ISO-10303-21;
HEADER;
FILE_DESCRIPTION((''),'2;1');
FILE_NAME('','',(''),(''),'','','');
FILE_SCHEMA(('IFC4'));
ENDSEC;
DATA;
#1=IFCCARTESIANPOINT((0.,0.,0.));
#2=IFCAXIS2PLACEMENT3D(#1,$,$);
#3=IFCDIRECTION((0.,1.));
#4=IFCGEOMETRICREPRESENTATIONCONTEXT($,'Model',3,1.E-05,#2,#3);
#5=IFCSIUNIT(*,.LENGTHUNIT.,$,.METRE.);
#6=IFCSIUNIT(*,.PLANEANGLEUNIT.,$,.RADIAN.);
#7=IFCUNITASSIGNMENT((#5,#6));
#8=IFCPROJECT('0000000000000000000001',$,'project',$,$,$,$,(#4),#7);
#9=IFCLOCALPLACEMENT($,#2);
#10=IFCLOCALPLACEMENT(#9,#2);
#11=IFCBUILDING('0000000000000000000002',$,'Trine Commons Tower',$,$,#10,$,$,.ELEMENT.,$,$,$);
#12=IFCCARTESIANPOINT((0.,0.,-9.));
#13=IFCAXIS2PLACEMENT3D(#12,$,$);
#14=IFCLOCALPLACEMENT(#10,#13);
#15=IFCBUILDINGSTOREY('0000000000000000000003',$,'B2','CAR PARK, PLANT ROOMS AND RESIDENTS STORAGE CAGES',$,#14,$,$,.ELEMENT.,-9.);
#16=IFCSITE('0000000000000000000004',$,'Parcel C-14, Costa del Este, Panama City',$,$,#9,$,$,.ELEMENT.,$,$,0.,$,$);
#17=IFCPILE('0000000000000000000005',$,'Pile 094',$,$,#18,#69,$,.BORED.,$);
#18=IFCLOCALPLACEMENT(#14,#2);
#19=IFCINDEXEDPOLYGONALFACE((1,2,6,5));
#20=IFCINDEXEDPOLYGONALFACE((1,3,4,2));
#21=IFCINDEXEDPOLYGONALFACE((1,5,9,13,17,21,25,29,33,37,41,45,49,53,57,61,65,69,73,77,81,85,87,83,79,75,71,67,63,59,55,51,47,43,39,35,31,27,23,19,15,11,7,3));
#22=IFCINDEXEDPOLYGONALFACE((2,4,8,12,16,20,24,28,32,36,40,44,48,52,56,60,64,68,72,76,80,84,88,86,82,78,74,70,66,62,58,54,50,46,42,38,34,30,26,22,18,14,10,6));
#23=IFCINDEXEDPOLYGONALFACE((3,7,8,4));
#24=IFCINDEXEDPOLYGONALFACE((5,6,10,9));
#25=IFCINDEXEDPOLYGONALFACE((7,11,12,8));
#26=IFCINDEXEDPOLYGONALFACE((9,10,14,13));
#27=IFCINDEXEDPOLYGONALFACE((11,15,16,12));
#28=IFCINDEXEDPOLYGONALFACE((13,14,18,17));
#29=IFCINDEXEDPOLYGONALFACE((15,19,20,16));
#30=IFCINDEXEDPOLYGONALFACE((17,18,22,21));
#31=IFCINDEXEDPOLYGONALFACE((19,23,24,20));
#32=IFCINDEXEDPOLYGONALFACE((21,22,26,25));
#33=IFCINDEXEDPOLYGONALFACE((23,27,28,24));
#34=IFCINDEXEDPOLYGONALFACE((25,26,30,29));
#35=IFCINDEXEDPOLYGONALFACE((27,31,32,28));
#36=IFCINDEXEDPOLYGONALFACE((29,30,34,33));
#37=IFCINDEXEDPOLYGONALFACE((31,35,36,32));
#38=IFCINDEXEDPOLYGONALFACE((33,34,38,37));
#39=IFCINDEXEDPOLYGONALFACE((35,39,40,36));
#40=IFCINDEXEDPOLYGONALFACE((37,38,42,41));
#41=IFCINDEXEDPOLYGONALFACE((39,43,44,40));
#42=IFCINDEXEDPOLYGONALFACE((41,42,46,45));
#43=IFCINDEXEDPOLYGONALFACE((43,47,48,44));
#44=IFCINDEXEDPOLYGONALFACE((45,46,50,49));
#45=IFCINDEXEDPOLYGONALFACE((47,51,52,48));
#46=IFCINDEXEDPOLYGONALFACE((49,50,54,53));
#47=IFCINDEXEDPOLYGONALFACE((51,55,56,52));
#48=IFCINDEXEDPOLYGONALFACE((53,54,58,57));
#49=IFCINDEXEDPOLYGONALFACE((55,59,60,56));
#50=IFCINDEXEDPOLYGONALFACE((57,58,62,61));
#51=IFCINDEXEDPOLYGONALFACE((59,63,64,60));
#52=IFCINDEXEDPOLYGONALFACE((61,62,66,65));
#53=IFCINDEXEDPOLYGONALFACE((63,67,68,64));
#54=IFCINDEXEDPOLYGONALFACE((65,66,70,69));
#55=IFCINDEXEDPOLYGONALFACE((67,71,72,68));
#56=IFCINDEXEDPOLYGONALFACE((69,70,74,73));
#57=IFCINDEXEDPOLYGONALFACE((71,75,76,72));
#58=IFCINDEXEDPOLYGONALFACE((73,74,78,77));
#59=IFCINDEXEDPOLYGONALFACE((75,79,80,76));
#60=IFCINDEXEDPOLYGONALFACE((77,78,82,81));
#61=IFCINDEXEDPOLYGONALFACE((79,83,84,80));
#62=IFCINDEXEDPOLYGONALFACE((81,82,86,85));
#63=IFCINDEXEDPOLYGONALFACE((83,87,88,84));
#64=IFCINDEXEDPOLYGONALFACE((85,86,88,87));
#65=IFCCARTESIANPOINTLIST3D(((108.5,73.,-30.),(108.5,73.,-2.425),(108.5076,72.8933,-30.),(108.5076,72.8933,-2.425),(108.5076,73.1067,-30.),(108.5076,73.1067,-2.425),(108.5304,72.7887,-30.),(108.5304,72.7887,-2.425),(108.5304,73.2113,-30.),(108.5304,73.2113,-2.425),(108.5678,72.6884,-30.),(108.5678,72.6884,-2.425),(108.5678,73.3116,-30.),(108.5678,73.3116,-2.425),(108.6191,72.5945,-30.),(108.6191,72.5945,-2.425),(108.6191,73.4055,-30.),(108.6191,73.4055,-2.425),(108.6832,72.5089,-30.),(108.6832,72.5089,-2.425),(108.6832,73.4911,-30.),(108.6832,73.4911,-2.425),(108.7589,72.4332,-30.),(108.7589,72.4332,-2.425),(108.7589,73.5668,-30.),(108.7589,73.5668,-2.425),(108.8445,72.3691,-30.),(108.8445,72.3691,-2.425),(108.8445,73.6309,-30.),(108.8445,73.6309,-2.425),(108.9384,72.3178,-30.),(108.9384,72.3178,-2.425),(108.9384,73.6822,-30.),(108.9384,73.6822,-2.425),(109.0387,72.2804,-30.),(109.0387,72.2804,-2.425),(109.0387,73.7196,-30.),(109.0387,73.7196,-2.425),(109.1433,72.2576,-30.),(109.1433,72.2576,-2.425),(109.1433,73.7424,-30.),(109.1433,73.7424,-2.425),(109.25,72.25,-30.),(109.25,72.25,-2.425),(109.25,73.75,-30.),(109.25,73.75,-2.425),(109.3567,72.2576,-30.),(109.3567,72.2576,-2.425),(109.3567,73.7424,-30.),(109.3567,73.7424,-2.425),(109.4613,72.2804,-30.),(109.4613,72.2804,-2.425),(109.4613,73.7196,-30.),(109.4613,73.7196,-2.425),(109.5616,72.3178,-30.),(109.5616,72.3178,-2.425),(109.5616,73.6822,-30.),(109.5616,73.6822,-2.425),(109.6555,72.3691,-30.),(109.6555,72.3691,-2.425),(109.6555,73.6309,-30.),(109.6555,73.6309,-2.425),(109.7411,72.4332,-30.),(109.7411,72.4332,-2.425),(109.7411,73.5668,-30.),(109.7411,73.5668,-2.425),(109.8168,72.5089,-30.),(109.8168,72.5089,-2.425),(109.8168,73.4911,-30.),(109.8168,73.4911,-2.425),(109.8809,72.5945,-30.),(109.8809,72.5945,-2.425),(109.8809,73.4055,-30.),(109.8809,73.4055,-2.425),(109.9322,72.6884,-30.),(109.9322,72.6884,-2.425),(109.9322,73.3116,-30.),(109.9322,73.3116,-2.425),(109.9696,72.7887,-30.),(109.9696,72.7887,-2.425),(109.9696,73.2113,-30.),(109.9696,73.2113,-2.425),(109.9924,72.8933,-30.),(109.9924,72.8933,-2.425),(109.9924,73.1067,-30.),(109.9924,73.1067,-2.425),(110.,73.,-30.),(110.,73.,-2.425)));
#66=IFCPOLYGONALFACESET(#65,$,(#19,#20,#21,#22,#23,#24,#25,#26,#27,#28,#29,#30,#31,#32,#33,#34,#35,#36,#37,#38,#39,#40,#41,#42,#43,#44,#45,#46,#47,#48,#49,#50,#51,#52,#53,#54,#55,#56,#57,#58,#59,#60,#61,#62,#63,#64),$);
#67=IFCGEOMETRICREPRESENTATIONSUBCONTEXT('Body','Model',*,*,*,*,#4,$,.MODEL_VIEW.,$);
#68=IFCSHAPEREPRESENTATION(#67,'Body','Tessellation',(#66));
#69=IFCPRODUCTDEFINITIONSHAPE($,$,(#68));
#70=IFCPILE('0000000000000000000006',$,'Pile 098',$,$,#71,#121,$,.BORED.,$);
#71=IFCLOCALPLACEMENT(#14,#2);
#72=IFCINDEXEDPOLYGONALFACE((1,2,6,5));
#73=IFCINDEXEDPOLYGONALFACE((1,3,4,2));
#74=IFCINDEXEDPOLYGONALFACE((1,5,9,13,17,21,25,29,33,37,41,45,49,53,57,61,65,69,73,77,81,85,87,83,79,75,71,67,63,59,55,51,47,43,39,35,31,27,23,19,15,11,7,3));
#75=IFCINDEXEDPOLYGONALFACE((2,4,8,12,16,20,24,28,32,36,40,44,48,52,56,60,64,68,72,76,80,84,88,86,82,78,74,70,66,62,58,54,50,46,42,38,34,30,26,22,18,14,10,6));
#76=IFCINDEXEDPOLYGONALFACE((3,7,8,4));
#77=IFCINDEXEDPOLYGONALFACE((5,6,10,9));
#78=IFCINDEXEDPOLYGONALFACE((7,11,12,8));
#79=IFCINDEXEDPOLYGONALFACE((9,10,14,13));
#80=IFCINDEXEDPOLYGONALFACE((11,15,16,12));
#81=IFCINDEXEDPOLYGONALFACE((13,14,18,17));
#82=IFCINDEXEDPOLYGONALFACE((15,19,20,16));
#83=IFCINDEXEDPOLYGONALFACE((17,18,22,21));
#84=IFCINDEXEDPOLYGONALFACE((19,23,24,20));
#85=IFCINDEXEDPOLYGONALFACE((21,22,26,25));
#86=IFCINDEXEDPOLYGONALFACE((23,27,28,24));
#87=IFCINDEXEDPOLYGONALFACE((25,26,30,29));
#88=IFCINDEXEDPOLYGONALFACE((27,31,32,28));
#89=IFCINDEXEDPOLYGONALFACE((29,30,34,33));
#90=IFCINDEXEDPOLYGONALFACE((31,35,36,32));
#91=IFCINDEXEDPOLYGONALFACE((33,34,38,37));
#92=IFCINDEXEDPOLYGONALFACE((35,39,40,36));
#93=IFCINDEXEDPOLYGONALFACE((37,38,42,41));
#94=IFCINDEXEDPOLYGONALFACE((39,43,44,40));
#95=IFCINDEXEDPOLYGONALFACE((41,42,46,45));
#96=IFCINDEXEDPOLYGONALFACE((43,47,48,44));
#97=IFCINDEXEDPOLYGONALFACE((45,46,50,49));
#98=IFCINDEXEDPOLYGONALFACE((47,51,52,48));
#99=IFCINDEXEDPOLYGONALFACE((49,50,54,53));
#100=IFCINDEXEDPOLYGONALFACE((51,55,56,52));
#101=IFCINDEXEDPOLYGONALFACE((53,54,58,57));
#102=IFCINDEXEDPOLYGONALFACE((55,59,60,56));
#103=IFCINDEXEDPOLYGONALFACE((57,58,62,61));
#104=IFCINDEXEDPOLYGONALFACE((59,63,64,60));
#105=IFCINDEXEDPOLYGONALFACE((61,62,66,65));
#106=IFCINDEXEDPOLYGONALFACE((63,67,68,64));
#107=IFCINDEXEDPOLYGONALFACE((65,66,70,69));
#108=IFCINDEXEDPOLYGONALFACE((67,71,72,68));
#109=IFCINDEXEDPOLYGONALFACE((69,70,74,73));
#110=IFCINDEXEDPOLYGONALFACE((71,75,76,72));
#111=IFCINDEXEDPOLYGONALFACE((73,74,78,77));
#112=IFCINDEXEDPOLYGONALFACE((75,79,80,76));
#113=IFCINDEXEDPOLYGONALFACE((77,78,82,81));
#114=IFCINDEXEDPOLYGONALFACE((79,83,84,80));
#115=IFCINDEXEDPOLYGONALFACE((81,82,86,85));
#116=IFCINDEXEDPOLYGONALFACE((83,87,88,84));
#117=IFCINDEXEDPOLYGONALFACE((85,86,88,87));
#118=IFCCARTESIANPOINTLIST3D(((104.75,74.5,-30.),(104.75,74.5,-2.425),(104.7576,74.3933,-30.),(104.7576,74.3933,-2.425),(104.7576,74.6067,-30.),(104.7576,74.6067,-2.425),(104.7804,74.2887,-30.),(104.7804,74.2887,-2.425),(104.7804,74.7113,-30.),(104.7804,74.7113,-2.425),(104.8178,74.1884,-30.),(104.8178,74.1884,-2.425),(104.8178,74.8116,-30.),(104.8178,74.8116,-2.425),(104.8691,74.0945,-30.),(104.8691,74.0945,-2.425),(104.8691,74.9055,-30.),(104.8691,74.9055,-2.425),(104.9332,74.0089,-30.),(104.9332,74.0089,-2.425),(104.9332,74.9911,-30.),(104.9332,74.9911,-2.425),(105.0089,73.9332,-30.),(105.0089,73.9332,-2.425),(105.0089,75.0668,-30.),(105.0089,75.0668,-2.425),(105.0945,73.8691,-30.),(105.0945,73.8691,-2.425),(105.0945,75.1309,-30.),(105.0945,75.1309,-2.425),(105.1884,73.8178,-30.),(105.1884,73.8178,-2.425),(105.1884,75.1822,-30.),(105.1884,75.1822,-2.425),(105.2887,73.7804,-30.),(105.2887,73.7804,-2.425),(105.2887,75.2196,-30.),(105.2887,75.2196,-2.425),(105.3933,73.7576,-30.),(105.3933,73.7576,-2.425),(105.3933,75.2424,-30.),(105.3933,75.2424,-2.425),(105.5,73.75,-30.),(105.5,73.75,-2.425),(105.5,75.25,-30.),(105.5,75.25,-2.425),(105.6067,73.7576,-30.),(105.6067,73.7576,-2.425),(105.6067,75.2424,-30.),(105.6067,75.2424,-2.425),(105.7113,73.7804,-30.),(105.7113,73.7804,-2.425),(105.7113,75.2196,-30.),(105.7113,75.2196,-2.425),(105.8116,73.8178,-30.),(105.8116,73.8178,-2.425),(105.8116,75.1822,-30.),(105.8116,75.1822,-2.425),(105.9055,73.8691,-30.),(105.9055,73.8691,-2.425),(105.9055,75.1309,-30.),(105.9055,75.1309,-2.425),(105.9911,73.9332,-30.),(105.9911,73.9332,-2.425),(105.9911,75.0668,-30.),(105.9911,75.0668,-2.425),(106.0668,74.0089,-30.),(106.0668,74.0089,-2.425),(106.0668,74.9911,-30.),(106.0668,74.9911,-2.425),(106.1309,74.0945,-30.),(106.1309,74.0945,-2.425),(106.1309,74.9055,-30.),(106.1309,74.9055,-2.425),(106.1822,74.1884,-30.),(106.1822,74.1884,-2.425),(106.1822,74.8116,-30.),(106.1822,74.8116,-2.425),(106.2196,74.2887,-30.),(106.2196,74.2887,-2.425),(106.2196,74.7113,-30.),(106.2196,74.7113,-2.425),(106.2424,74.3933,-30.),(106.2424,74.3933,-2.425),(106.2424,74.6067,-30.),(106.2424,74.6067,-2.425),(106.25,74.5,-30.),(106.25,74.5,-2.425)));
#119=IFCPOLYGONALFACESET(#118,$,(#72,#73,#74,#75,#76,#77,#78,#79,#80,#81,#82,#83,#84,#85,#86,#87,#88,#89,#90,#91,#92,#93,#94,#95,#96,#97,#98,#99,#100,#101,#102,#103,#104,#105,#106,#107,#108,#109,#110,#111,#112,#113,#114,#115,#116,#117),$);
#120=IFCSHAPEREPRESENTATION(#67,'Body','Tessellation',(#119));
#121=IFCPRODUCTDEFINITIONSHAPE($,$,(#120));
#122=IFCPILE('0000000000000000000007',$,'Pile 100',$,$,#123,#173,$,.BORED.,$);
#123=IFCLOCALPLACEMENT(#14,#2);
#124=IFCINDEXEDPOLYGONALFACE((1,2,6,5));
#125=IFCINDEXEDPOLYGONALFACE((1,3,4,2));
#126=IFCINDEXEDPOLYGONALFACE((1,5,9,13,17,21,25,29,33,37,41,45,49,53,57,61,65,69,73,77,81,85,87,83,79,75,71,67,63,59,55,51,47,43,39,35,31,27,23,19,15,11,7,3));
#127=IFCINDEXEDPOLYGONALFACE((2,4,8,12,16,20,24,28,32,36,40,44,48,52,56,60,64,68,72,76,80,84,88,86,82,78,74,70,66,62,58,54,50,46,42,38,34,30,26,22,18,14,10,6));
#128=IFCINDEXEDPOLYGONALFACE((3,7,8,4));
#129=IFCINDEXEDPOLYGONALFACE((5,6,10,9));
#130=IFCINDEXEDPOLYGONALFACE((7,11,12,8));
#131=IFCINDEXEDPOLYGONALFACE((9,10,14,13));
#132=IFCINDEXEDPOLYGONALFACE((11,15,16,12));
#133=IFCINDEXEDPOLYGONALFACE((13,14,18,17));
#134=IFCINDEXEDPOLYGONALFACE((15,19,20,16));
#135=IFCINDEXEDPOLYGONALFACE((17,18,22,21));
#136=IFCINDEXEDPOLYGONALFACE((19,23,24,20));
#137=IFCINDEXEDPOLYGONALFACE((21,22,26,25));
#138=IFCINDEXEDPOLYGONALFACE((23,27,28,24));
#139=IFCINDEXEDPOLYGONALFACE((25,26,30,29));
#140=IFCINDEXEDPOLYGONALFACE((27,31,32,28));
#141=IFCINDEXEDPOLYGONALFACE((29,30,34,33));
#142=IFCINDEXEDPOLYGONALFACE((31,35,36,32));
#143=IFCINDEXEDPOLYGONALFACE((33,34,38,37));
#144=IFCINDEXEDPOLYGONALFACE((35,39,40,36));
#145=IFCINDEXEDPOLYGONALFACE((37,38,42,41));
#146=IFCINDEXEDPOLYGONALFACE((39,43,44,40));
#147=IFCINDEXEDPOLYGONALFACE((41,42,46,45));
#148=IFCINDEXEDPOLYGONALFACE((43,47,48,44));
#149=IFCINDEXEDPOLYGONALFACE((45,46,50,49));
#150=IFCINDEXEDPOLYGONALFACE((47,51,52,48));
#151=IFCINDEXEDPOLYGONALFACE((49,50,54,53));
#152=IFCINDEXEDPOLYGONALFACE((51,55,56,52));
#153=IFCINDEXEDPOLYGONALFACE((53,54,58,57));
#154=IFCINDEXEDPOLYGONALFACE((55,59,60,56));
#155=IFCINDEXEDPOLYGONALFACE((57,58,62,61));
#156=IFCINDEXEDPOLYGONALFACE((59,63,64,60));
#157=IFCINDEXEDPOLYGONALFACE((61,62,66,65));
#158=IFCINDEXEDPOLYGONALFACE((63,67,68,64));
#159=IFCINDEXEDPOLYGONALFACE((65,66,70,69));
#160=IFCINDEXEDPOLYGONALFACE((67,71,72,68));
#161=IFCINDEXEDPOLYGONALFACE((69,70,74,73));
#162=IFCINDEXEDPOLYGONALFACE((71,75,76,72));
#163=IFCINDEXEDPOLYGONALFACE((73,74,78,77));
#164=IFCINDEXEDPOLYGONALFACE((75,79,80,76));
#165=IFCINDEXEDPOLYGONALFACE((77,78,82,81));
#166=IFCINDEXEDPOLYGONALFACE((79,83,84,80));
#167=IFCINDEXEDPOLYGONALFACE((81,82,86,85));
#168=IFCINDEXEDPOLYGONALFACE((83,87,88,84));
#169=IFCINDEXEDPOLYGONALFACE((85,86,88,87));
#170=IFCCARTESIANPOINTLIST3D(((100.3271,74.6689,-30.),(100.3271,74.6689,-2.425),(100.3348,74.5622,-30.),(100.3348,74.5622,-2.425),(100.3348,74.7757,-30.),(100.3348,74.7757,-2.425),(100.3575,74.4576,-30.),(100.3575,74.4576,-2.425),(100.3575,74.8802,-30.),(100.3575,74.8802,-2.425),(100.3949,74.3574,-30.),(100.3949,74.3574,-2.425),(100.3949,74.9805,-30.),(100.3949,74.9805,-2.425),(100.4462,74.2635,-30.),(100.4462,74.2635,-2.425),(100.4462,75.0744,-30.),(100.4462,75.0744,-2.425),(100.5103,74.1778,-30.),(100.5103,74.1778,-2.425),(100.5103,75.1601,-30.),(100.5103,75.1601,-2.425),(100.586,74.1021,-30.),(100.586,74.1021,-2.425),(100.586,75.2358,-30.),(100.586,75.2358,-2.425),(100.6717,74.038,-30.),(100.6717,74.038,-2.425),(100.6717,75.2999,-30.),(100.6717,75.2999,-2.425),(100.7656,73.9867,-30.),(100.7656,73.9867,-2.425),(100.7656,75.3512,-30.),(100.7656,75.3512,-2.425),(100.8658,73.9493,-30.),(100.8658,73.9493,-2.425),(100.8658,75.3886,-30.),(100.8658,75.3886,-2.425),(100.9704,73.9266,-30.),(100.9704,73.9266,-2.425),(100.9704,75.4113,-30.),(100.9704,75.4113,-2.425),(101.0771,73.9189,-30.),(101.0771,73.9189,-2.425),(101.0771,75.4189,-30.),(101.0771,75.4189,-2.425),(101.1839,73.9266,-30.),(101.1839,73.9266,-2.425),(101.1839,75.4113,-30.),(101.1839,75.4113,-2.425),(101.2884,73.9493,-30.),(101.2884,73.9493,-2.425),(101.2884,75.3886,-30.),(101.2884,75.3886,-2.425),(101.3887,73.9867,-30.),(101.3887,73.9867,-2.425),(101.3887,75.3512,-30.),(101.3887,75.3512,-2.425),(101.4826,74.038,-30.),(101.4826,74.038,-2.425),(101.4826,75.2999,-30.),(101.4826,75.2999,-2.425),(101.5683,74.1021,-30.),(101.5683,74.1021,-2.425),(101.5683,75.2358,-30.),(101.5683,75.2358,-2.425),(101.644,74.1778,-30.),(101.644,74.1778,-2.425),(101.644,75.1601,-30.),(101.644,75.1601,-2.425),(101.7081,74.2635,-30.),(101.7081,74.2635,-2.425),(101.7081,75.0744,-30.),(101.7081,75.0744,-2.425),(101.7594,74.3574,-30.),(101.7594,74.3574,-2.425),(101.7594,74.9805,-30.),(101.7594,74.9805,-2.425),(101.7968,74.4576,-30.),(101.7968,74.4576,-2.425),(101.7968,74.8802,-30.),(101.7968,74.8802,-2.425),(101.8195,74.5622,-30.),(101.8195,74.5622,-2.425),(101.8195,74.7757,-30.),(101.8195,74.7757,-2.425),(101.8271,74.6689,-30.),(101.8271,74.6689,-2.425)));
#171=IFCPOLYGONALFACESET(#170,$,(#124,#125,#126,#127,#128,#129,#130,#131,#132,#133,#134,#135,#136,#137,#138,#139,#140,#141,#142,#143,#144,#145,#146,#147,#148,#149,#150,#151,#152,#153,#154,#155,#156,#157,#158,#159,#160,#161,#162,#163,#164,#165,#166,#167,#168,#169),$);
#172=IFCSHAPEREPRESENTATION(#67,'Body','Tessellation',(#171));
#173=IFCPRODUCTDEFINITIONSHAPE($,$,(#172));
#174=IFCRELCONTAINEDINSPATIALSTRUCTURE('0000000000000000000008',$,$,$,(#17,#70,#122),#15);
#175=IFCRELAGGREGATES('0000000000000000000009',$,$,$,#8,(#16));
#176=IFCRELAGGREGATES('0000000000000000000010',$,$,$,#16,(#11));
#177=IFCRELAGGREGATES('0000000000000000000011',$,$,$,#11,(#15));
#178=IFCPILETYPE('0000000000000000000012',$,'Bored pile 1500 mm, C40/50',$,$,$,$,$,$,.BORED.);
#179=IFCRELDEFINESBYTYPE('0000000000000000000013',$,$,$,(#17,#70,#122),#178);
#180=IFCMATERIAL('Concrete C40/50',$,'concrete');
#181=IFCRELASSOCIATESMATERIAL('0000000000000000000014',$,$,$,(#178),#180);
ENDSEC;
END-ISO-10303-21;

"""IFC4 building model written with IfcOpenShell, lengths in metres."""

from ifc_helpers import new_model, si_unit, direction, frame, origin, origin_2d, place, context, subcontext, project, spatial, circle, extrude, material, type_object, element, save


model = new_model("IFC4")

# Units and contexts
model_context = context("Model", 3, precision=1e-05, world=origin(), true_north=direction((0.0, 1.0)))
body_context = subcontext(model_context, "Body", "Model", "MODEL_VIEW")
ifc_project = project(units=[si_unit("LENGTHUNIT", "METRE"), si_unit("PLANEANGLEUNIT", "RADIAN")], contexts=[model_context])

# Site, building, storey
site_placement = place(None, origin())
site = spatial("IfcSite", under=ifc_project, at=site_placement, Name="Parcel C-14, Costa del Este, Panama City", CompositionType="ELEMENT", RefElevation=0.0)
building_placement = place(site_placement, origin())
building = spatial("IfcBuilding", under=site, at=building_placement, Name="Trine Commons Tower", CompositionType="ELEMENT")
storey_placement = place(building_placement, frame((0.0, 0.0, -9.0)))
storey = spatial("IfcBuildingStorey", under=building, at=storey_placement, Name="B2", Description="CAR PARK, PLANT ROOMS AND RESIDENTS STORAGE CAGES", CompositionType="ELEMENT", Elevation=-9.0)

# Piles
ifc_material_1 = material(Name="Concrete C40/50", Category="concrete")
pile_type_1 = type_object("IfcPileType", Name="Bored pile 1500 mm, C40/50", PredefinedType="BORED", material=ifc_material_1)
for number, where, z_axis, x_axis, name in (
    (1, (109.25, 73.0, -2.425), (0.0, 0.0, -1.0), (1.0, 0.0, 0.0), "Pile 094"),
    (2, (105.5, 74.5, -2.425), (0.0, 0.0, -1.0), (1.0, 0.0, 0.0), "Pile 098"),
    (3, (101.0771, 74.6689, -2.425), (0.0, 0.0, -1.0), (1.0, 0.0, 0.0), "Pile 100"),
):
    element("IfcPile", number, at=place(storey_placement, frame(where, z_axis=z_axis, x_axis=x_axis)), inside=storey, type_object=pile_type_1, Name=name, PredefinedType="BORED", context=body_context, shape_type="SweptSolid", body=[
        extrude(circle(Radius=0.75, at=origin_2d()), origin(), (0.0, 0.0, 1.0), 27.575),
    ])

save(model, "model.ifc")
